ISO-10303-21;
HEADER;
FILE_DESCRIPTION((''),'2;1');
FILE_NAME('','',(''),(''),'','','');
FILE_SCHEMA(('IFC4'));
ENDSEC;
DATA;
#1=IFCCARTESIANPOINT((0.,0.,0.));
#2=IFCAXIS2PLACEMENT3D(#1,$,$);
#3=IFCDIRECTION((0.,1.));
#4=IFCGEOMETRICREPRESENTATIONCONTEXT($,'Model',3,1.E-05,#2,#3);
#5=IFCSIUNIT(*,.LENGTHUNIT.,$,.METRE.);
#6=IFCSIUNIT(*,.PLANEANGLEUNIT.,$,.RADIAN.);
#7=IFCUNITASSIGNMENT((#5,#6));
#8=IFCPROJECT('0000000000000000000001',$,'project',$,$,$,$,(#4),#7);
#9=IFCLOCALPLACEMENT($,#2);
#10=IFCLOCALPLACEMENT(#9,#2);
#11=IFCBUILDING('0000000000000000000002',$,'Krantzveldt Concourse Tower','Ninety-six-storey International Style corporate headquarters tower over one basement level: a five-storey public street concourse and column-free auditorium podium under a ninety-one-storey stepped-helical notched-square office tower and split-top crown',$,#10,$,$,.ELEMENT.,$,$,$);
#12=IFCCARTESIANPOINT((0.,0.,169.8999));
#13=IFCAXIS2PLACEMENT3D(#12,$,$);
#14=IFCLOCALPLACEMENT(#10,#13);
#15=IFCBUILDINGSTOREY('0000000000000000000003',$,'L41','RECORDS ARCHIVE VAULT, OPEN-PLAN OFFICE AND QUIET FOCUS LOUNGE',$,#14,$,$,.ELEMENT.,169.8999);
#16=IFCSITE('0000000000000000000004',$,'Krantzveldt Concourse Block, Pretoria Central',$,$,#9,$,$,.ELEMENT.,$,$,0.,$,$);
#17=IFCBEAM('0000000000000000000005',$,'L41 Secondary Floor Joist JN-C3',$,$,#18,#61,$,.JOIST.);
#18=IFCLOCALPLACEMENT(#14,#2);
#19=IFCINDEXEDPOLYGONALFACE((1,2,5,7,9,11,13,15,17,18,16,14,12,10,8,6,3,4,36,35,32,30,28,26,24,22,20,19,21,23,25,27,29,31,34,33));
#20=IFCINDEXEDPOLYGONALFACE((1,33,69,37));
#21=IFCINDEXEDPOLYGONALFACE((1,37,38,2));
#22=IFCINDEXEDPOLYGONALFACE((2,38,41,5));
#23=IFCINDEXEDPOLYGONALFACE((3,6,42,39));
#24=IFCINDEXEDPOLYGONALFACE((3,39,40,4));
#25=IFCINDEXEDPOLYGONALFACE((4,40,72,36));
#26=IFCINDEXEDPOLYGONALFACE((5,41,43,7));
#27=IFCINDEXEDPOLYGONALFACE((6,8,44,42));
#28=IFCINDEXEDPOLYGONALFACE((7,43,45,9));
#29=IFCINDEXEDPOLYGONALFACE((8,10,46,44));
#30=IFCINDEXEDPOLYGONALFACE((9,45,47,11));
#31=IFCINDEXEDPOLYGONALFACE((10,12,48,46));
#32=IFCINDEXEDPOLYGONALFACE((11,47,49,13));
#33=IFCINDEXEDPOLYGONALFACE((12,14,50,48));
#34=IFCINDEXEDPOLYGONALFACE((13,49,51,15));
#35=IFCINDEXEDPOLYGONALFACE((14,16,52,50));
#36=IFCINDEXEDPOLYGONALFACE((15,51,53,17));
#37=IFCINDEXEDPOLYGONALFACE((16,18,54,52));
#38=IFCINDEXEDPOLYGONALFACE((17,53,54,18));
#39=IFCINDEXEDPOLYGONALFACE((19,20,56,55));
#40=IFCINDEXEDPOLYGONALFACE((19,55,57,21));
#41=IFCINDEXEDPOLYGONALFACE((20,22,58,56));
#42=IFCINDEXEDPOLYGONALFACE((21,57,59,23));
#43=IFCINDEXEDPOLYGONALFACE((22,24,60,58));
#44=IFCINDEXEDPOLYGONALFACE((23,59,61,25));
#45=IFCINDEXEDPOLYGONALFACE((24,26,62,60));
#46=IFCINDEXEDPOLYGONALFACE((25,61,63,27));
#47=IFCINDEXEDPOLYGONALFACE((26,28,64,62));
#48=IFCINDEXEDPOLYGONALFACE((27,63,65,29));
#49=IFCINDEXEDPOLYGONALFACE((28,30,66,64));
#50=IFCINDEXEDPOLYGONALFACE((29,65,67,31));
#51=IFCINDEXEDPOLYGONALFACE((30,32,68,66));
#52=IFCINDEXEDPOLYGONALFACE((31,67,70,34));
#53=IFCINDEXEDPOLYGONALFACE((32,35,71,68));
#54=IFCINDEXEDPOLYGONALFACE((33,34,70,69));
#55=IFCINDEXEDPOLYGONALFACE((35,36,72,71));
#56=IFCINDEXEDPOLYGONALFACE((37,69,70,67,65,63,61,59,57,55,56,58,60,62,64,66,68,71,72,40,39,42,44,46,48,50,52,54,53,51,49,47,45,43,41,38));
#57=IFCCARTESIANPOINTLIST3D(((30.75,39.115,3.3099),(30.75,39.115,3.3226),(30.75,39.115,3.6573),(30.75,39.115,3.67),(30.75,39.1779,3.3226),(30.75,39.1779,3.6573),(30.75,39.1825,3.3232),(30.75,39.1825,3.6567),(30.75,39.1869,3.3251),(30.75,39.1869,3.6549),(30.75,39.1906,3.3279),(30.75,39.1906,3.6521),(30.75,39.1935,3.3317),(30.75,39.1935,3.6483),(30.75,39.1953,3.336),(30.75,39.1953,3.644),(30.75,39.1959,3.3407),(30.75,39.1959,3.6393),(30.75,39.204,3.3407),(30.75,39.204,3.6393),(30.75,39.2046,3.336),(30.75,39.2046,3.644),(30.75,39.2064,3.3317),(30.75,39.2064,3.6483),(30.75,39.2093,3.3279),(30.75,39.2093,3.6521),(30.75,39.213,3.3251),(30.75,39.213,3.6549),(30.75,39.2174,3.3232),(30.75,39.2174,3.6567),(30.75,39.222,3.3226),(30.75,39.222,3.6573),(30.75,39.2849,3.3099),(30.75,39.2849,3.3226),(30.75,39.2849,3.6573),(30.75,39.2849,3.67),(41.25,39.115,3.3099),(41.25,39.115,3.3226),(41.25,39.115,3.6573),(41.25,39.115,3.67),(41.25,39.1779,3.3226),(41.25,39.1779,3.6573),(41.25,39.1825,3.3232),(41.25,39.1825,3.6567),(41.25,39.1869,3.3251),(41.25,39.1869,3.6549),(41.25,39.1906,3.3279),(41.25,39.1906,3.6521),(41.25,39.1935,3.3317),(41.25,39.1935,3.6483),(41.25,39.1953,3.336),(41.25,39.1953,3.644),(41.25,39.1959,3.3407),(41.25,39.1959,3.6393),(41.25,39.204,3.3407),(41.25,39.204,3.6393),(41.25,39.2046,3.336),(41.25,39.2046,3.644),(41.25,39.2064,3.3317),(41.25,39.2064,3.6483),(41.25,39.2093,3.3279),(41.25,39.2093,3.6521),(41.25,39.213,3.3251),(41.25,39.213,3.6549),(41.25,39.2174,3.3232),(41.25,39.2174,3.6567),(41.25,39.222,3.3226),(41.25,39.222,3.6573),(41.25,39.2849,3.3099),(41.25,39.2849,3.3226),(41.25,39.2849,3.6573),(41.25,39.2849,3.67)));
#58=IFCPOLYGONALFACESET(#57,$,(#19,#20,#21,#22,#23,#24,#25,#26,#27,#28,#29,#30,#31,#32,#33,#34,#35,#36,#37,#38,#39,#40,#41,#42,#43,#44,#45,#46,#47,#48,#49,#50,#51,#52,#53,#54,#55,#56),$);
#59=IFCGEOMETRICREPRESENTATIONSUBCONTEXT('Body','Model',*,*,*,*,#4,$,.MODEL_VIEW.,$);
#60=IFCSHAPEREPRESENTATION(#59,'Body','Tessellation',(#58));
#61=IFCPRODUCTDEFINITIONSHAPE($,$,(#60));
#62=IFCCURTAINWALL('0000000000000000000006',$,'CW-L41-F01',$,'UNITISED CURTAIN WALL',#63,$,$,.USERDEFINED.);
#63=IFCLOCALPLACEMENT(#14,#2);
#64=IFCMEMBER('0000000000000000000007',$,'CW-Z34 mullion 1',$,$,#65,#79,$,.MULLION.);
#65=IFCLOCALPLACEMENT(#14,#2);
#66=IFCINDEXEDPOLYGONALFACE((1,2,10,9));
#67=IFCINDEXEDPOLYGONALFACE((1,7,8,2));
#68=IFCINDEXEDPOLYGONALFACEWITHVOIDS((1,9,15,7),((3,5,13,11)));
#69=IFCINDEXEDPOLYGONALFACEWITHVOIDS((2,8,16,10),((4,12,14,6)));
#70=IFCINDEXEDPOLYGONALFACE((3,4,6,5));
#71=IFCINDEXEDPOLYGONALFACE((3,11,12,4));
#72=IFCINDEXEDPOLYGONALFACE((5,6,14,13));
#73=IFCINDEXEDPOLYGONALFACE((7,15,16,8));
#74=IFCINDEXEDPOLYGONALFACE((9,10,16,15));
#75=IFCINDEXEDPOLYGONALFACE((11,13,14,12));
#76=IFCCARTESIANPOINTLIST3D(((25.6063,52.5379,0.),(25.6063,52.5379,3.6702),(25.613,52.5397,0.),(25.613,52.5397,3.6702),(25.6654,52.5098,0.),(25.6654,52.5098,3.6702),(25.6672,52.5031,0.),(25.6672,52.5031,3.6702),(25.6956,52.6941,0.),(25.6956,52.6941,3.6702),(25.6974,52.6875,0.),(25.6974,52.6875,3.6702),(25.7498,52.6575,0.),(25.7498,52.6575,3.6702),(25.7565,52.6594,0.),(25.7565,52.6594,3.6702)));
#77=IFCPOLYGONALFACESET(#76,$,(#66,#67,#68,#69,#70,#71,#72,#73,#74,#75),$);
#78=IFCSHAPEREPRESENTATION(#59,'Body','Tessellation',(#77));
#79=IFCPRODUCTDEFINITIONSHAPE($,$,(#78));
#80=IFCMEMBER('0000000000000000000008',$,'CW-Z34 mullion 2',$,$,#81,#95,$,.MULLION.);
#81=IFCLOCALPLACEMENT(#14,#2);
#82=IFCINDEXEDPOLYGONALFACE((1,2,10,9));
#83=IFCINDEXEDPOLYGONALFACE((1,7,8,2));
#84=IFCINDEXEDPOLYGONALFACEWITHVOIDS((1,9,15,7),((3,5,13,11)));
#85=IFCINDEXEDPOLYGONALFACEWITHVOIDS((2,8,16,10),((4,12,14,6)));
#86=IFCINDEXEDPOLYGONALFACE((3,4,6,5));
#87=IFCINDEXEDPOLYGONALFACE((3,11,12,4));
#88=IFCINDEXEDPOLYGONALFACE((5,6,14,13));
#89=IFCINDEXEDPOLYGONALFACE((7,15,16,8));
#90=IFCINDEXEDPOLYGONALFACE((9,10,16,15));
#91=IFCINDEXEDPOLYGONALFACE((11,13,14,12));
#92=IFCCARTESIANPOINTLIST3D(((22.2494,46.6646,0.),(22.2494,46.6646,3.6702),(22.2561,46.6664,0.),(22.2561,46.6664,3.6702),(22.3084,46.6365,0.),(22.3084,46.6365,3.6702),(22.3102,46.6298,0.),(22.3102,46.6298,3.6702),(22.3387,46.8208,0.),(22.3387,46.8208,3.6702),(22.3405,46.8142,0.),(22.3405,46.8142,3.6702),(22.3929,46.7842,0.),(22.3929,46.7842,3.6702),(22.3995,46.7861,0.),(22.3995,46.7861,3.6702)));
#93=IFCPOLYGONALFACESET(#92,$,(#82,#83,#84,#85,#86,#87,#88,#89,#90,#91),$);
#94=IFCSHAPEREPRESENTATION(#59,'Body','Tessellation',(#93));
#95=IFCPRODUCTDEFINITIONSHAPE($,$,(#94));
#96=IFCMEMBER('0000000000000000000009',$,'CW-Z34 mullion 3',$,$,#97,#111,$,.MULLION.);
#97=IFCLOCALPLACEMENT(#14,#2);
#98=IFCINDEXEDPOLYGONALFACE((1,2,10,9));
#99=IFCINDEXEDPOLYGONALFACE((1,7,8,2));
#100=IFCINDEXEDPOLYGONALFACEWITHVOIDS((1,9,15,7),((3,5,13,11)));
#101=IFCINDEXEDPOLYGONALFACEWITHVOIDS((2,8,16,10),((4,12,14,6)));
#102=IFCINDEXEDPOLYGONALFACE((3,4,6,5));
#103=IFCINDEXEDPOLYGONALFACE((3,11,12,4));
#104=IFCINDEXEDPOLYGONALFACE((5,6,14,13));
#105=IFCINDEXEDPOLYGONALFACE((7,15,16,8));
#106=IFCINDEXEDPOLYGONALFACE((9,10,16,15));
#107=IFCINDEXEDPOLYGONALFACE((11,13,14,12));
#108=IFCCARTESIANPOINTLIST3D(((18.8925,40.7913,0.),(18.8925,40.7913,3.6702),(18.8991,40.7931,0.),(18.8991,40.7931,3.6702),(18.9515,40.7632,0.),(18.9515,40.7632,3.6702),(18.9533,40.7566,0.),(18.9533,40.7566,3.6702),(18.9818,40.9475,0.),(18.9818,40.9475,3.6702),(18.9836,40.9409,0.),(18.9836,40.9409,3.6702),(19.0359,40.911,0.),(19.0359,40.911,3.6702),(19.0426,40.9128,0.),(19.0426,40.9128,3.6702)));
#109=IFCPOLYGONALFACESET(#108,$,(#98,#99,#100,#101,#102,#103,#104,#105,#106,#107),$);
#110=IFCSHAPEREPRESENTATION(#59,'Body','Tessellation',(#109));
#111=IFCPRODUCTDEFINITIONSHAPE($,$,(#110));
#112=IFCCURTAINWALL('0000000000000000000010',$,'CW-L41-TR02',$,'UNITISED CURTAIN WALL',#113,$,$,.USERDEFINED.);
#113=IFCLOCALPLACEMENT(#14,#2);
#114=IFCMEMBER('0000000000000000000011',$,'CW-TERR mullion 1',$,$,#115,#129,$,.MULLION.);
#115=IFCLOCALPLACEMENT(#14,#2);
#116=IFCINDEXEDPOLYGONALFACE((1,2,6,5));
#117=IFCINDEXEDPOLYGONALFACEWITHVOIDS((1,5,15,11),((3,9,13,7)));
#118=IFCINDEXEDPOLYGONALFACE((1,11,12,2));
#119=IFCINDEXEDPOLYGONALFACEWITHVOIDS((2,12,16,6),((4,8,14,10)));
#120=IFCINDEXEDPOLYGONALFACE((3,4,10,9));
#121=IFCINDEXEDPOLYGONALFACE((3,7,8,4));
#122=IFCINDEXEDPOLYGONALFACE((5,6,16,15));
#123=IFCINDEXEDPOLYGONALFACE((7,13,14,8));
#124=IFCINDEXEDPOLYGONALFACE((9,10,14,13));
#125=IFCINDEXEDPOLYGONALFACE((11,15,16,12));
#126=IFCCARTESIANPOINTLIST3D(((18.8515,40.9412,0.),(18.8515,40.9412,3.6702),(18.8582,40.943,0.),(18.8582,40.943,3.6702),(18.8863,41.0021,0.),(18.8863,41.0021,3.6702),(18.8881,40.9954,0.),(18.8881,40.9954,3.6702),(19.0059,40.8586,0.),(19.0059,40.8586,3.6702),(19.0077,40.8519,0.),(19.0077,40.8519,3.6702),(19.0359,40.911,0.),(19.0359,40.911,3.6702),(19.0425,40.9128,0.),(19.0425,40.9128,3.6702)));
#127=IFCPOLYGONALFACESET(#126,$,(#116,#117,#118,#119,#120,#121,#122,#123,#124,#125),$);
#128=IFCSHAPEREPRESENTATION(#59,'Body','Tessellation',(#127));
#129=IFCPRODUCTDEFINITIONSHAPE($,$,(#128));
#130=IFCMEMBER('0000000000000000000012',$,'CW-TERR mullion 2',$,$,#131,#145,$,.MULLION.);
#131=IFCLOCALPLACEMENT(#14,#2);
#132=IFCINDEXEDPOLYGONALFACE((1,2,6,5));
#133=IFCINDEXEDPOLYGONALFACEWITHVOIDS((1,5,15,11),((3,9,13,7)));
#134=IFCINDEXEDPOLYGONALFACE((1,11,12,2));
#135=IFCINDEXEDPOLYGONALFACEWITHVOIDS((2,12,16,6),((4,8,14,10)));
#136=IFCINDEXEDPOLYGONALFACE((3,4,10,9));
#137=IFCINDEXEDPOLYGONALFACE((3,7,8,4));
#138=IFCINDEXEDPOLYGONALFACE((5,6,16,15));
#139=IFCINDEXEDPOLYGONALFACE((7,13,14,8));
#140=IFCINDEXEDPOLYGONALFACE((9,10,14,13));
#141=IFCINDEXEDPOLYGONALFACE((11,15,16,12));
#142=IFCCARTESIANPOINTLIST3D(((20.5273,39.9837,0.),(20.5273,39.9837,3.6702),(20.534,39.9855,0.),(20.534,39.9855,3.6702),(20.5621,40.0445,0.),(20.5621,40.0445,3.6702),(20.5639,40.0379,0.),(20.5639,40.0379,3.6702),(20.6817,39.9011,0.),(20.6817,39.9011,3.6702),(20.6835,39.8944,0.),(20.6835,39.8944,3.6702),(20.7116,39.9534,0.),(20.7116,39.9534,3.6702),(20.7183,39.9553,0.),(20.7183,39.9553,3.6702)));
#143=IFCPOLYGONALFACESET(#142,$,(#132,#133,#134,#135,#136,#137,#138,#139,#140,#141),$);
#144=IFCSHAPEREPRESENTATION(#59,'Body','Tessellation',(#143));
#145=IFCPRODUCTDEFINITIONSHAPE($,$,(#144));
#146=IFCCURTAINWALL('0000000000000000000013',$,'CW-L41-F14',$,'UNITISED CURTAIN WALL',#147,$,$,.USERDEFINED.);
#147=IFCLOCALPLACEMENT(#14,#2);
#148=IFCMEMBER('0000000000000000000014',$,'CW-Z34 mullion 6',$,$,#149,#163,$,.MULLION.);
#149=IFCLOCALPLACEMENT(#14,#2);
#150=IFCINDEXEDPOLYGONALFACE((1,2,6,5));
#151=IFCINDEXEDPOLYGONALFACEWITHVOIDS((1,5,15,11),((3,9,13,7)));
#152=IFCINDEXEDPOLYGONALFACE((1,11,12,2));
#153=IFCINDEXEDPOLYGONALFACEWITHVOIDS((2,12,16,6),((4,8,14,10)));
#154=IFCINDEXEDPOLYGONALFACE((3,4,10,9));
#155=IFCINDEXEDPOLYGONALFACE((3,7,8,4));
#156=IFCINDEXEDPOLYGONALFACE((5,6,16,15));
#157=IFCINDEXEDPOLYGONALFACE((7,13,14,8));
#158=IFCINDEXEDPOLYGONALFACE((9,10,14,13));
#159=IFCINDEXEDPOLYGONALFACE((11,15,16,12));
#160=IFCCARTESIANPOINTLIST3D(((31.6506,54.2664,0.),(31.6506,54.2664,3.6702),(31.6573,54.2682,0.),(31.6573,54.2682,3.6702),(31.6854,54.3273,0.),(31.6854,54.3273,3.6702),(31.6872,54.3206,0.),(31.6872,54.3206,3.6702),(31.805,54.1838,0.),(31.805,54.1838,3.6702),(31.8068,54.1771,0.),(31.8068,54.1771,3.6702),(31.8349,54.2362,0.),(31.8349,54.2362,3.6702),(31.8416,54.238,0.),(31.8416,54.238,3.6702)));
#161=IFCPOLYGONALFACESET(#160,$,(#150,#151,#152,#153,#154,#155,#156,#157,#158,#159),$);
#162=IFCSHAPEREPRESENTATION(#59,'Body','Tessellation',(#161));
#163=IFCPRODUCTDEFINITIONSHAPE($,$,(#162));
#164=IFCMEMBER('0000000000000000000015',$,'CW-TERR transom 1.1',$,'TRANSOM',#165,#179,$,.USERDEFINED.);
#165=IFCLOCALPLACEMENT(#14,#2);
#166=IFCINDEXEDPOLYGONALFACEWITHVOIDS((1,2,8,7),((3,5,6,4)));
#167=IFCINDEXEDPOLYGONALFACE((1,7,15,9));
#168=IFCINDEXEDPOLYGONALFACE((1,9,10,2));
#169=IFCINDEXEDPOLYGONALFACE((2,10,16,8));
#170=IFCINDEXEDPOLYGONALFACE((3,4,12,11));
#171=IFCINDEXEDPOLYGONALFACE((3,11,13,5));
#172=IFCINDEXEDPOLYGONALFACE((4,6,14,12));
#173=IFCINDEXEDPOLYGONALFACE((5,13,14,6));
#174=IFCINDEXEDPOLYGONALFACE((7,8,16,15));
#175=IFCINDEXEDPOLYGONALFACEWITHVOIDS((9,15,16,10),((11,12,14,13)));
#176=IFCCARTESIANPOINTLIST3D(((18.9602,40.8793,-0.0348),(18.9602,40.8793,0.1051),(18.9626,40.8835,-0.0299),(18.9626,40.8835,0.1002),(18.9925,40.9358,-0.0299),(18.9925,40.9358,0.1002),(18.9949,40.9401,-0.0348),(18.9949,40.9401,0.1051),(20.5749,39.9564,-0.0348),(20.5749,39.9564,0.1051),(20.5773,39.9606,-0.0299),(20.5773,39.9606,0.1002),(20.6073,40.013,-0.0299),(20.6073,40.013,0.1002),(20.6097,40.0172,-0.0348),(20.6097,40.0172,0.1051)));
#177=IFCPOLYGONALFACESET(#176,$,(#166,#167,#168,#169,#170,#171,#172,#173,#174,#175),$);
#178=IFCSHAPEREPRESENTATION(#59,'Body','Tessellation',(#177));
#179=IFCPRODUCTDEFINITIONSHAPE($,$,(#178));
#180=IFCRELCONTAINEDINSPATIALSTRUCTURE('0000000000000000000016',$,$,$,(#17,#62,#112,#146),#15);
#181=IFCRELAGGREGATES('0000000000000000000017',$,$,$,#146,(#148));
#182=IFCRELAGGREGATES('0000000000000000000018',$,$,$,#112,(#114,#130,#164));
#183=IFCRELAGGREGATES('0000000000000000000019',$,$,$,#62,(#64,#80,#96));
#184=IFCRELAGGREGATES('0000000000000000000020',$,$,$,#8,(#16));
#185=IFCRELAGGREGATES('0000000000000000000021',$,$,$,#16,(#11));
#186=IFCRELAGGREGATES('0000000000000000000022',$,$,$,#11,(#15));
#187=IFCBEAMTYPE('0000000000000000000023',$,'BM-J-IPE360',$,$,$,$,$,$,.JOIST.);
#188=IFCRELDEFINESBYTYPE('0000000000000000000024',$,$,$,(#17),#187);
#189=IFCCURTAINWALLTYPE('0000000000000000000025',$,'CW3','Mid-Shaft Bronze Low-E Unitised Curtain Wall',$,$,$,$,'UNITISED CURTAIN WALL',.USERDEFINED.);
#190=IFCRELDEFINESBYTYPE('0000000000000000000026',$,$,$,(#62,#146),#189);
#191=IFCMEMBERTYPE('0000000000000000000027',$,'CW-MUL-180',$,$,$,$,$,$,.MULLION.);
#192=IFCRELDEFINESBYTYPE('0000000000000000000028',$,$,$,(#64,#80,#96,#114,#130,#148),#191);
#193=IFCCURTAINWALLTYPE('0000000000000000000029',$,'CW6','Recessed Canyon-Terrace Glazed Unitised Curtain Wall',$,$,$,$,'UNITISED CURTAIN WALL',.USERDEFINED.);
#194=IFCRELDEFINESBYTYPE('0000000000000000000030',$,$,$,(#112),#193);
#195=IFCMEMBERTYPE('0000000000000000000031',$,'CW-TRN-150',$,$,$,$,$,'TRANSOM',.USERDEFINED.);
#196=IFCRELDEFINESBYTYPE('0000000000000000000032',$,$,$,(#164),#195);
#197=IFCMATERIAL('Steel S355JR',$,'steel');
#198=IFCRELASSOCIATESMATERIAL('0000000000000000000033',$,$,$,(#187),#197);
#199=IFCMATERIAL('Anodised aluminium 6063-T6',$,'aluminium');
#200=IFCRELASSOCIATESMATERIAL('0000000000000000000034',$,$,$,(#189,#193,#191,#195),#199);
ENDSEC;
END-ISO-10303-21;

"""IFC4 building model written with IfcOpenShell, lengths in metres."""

from ifc_helpers import new_model, si_unit, direction, frame, origin, origin_2d, place, context, subcontext, project, spatial, hollow_rectangle, i_section, extrude, source, transform, mapped, material, material_profile, profile_set, type_object, type_shapes, element, aggregate, save


model = new_model("IFC4")

# Units and contexts
model_context = context("Model", 3, precision=1e-05, world=origin(), true_north=direction((0.0, 1.0)))
body_context = subcontext(model_context, "Body", "Model", "MODEL_VIEW")
ifc_project = project(units=[si_unit("LENGTHUNIT", "METRE"), si_unit("PLANEANGLEUNIT", "RADIAN")], contexts=[model_context])

# Site, building, storey
site_placement = place(None, origin())
site = spatial("IfcSite", under=ifc_project, at=site_placement, Name="Krantzveldt Concourse Block, Pretoria Central", CompositionType="ELEMENT", RefElevation=0.0)
building_placement = place(site_placement, origin())
building = spatial("IfcBuilding", under=site, at=building_placement, Name="Krantzveldt Concourse Tower", Description="Ninety-six-storey International Style corporate headquarters tower over one basement level: a five-storey public street concourse and column-free auditorium podium under a ninety-one-storey stepped-helical notched-square office tower and split-top crown", CompositionType="ELEMENT")
storey_placement = place(building_placement, frame((0.0, 0.0, 169.8999)))
storey = spatial("IfcBuildingStorey", under=building, at=storey_placement, Name="L41", Description="RECORDS ARCHIVE VAULT, OPEN-PLAN OFFICE AND QUIET FOCUS LOUNGE", CompositionType="ELEMENT", Elevation=169.8999)

# Beam
ifc_material_1 = material(Name="Steel S355JR", Category="steel")
ifc_material_profile_1 = material_profile(ifc_material_1, i_section(OverallWidth=0.1699, OverallDepth=0.3601, WebThickness=0.0081, FlangeThickness=0.0127, FilletRadius=0.0181, at=origin_2d()), Name="Steel S355JR", Category="steel")
ifc_profile_set_1 = profile_set([ifc_material_profile_1], Name="Steel S355JR - IPE 360")
beam_type_1 = type_object("IfcBeamType", Name="BM-J-IPE360", PredefinedType="JOIST", material=ifc_profile_set_1)
shared_shape_1 = source(origin(), body_context, "Body", "SweptSolid", [
    extrude(i_section(OverallWidth=0.1699, OverallDepth=0.3601, WebThickness=0.0081, FlangeThickness=0.0127, FilletRadius=0.0181, at=origin_2d()), origin(), (0.0, 0.0, 1.0), 10.5),
])
type_shapes(beam_type_1, [shared_shape_1])
beam_1_placement = place(storey_placement, frame((30.75, 39.2, 3.49), z_axis=(1.0, 0.0, 0.0), x_axis=(0.0, 1.0, 0.0)))
element("IfcBeam", 1, at=beam_1_placement, inside=storey, type_object=beam_type_1, Name="L41 Secondary Floor Joist JN-C3", PredefinedType="JOIST", context=body_context, shape_type="MappedRepresentation", body=[
    mapped(shared_shape_1, transform((0.0, 0.0, 0.0), x_axis=(1.0, 0.0, 0.0), y_axis=(0.0, 1.0, 0.0), z_axis=(0.0, 0.0, 1.0), scale=1.0)),
])

# Curtain walls, members
ifc_material_2 = material(Name="Anodised aluminium 6063-T6", Category="aluminium")
curtain_wall_type_1 = type_object("IfcCurtainWallType", Name="CW3", Description="Mid-Shaft Bronze Low-E Unitised Curtain Wall", ElementType="UNITISED CURTAIN WALL", PredefinedType="USERDEFINED", material=ifc_material_2)
curtain_wall_1_placement = place(storey_placement, origin())
curtain_wall_1 = element("IfcCurtainWall", 2, at=curtain_wall_1_placement, inside=storey, type_object=curtain_wall_type_1, Name="CW-L41-F01", ObjectType="UNITISED CURTAIN WALL", PredefinedType="USERDEFINED")
ifc_material_profile_2 = material_profile(ifc_material_2, hollow_rectangle(XDim=0.0701, YDim=0.1799, WallThickness=0.0049, at=origin_2d()), Name="Anodised aluminium 6063-T6", Category="aluminium")
ifc_profile_set_2 = profile_set([ifc_material_profile_2], Name="Anodised aluminium 6063-T6 - ALU-MULL 180x70x5")
member_type_1 = type_object("IfcMemberType", Name="CW-MUL-180", PredefinedType="MULLION", material=ifc_profile_set_2)
shared_shape_2 = source(origin(), body_context, "Body", "SweptSolid", [
    extrude(hollow_rectangle(XDim=0.0701, YDim=0.1799, WallThickness=0.0049, at=origin_2d()), origin(), (0.0, 0.0, 1.0), 3.6702),
])
type_shapes(member_type_1, [shared_shape_2])
member_1_placement = place(storey_placement, frame((25.6814, 52.5986, 0.0), z_axis=(0.0, 0.0, 1.0), x_axis=(0.868199, -0.496216, 0.0)))
member_1 = element("IfcMember", 3, at=member_1_placement, type_object=member_type_1, Name="CW-Z34 mullion 1", PredefinedType="MULLION", context=body_context, shape_type="MappedRepresentation", body=[
    mapped(shared_shape_2, transform((0.0, 0.0, 0.0), x_axis=(1.0, 0.0, 0.0), y_axis=(0.0, 1.0, 0.0), z_axis=(0.0, 0.0, 1.0), scale=1.0)),
])
member_2_placement = place(storey_placement, frame((22.3245, 46.7253, 0.0), z_axis=(0.0, 0.0, 1.0), x_axis=(0.868199, -0.496216, 0.0)))
member_2 = element("IfcMember", 4, at=member_2_placement, type_object=member_type_1, Name="CW-Z34 mullion 2", PredefinedType="MULLION", context=body_context, shape_type="MappedRepresentation", body=[
    mapped(shared_shape_2, transform((0.0, 0.0, 0.0), x_axis=(1.0, 0.0, 0.0), y_axis=(0.0, 1.0, 0.0), z_axis=(0.0, 0.0, 1.0), scale=1.0)),
])
member_3_placement = place(storey_placement, frame((18.9675, 40.8521, 0.0), z_axis=(0.0, 0.0, 1.0), x_axis=(0.868199, -0.496216, 0.0)))
member_3 = element("IfcMember", 5, at=member_3_placement, type_object=member_type_1, Name="CW-Z34 mullion 3", PredefinedType="MULLION", context=body_context, shape_type="MappedRepresentation", body=[
    mapped(shared_shape_2, transform((0.0, 0.0, 0.0), x_axis=(1.0, 0.0, 0.0), y_axis=(0.0, 1.0, 0.0), z_axis=(0.0, 0.0, 1.0), scale=1.0)),
])
curtain_wall_type_2 = type_object("IfcCurtainWallType", Name="CW6", Description="Recessed Canyon-Terrace Glazed Unitised Curtain Wall", ElementType="UNITISED CURTAIN WALL", PredefinedType="USERDEFINED", material=ifc_material_2)
curtain_wall_2_placement = place(storey_placement, origin())
curtain_wall_2 = element("IfcCurtainWall", 6, at=curtain_wall_2_placement, inside=storey, type_object=curtain_wall_type_2, Name="CW-L41-TR02", ObjectType="UNITISED CURTAIN WALL", PredefinedType="USERDEFINED")
member_4_placement = place(storey_placement, frame((18.947, 40.927, 0.0), z_axis=(0.0, 0.0, 1.0), x_axis=(0.496219, 0.868198, 0.0)))
member_4 = element("IfcMember", 7, at=member_4_placement, type_object=member_type_1, Name="CW-TERR mullion 1", PredefinedType="MULLION", context=body_context, shape_type="MappedRepresentation", body=[
    mapped(shared_shape_2, transform((0.0, 0.0, 0.0), x_axis=(1.0, 0.0, 0.0), y_axis=(0.0, 1.0, 0.0), z_axis=(0.0, 0.0, 1.0), scale=1.0)),
])
member_5_placement = place(storey_placement, frame((20.6228, 39.9695, 0.0), z_axis=(0.0, 0.0, 1.0), x_axis=(0.496219, 0.868198, 0.0)))
member_5 = element("IfcMember", 8, at=member_5_placement, type_object=member_type_1, Name="CW-TERR mullion 2", PredefinedType="MULLION", context=body_context, shape_type="MappedRepresentation", body=[
    mapped(shared_shape_2, transform((0.0, 0.0, 0.0), x_axis=(1.0, 0.0, 0.0), y_axis=(0.0, 1.0, 0.0), z_axis=(0.0, 0.0, 1.0), scale=1.0)),
])

# Curtain wall, member
curtain_wall_3_placement = place(storey_placement, origin())
curtain_wall_3 = element("IfcCurtainWall", 9, at=curtain_wall_3_placement, inside=storey, type_object=curtain_wall_type_1, Name="CW-L41-F14", ObjectType="UNITISED CURTAIN WALL", PredefinedType="USERDEFINED")
member_6_placement = place(storey_placement, frame((31.7461, 54.2522, 0.0), z_axis=(0.0, 0.0, 1.0), x_axis=(-0.496216, -0.868199, 0.0)))
member_6 = element("IfcMember", 10, at=member_6_placement, type_object=member_type_1, Name="CW-Z34 mullion 6", PredefinedType="MULLION", context=body_context, shape_type="MappedRepresentation", body=[
    mapped(shared_shape_2, transform((0.0, 0.0, 0.0), x_axis=(1.0, 0.0, 0.0), y_axis=(0.0, 1.0, 0.0), z_axis=(0.0, 0.0, 1.0), scale=1.0)),
])
aggregate(curtain_wall_3, [member_6])

# Member
ifc_material_profile_3 = material_profile(ifc_material_2, hollow_rectangle(XDim=0.0701, YDim=0.1399, WallThickness=0.0049, at=origin_2d()), Name="Anodised aluminium 6063-T6", Category="aluminium")
ifc_profile_set_3 = profile_set([ifc_material_profile_3], Name="Anodised aluminium 6063-T6 - ALU-TRAN 140x70x5")
member_type_2 = type_object("IfcMemberType", Name="CW-TRN-150", ElementType="TRANSOM", PredefinedType="USERDEFINED", material=ifc_profile_set_3)
shared_shape_3 = source(origin(), body_context, "Body", "SweptSolid", [
    extrude(hollow_rectangle(XDim=0.0701, YDim=0.1399, WallThickness=0.0049, at=origin_2d()), origin(), (0.0, 0.0, 1.0), 1.8599),
])
member_7_placement = place(storey_placement, frame((18.9775, 40.9097, 0.0352), z_axis=(0.868211, -0.496195, 0.0), x_axis=(0.496195, 0.868211, 0.0)))
member_7 = element("IfcMember", 11, at=member_7_placement, type_object=member_type_2, Name="CW-TERR transom 1.1", ObjectType="TRANSOM", PredefinedType="USERDEFINED", context=body_context, shape_type="MappedRepresentation", body=[
    mapped(shared_shape_3, transform((0.0, 0.0, 0.0), x_axis=(1.0, 0.0, 0.0), y_axis=(0.0, 1.0, 0.0), z_axis=(0.0, 0.0, 1.0), scale=1.0)),
])

aggregate(curtain_wall_2, [member_4, member_5, member_7])
aggregate(curtain_wall_1, [member_1, member_2, member_3])

save(model, "model.ifc")
